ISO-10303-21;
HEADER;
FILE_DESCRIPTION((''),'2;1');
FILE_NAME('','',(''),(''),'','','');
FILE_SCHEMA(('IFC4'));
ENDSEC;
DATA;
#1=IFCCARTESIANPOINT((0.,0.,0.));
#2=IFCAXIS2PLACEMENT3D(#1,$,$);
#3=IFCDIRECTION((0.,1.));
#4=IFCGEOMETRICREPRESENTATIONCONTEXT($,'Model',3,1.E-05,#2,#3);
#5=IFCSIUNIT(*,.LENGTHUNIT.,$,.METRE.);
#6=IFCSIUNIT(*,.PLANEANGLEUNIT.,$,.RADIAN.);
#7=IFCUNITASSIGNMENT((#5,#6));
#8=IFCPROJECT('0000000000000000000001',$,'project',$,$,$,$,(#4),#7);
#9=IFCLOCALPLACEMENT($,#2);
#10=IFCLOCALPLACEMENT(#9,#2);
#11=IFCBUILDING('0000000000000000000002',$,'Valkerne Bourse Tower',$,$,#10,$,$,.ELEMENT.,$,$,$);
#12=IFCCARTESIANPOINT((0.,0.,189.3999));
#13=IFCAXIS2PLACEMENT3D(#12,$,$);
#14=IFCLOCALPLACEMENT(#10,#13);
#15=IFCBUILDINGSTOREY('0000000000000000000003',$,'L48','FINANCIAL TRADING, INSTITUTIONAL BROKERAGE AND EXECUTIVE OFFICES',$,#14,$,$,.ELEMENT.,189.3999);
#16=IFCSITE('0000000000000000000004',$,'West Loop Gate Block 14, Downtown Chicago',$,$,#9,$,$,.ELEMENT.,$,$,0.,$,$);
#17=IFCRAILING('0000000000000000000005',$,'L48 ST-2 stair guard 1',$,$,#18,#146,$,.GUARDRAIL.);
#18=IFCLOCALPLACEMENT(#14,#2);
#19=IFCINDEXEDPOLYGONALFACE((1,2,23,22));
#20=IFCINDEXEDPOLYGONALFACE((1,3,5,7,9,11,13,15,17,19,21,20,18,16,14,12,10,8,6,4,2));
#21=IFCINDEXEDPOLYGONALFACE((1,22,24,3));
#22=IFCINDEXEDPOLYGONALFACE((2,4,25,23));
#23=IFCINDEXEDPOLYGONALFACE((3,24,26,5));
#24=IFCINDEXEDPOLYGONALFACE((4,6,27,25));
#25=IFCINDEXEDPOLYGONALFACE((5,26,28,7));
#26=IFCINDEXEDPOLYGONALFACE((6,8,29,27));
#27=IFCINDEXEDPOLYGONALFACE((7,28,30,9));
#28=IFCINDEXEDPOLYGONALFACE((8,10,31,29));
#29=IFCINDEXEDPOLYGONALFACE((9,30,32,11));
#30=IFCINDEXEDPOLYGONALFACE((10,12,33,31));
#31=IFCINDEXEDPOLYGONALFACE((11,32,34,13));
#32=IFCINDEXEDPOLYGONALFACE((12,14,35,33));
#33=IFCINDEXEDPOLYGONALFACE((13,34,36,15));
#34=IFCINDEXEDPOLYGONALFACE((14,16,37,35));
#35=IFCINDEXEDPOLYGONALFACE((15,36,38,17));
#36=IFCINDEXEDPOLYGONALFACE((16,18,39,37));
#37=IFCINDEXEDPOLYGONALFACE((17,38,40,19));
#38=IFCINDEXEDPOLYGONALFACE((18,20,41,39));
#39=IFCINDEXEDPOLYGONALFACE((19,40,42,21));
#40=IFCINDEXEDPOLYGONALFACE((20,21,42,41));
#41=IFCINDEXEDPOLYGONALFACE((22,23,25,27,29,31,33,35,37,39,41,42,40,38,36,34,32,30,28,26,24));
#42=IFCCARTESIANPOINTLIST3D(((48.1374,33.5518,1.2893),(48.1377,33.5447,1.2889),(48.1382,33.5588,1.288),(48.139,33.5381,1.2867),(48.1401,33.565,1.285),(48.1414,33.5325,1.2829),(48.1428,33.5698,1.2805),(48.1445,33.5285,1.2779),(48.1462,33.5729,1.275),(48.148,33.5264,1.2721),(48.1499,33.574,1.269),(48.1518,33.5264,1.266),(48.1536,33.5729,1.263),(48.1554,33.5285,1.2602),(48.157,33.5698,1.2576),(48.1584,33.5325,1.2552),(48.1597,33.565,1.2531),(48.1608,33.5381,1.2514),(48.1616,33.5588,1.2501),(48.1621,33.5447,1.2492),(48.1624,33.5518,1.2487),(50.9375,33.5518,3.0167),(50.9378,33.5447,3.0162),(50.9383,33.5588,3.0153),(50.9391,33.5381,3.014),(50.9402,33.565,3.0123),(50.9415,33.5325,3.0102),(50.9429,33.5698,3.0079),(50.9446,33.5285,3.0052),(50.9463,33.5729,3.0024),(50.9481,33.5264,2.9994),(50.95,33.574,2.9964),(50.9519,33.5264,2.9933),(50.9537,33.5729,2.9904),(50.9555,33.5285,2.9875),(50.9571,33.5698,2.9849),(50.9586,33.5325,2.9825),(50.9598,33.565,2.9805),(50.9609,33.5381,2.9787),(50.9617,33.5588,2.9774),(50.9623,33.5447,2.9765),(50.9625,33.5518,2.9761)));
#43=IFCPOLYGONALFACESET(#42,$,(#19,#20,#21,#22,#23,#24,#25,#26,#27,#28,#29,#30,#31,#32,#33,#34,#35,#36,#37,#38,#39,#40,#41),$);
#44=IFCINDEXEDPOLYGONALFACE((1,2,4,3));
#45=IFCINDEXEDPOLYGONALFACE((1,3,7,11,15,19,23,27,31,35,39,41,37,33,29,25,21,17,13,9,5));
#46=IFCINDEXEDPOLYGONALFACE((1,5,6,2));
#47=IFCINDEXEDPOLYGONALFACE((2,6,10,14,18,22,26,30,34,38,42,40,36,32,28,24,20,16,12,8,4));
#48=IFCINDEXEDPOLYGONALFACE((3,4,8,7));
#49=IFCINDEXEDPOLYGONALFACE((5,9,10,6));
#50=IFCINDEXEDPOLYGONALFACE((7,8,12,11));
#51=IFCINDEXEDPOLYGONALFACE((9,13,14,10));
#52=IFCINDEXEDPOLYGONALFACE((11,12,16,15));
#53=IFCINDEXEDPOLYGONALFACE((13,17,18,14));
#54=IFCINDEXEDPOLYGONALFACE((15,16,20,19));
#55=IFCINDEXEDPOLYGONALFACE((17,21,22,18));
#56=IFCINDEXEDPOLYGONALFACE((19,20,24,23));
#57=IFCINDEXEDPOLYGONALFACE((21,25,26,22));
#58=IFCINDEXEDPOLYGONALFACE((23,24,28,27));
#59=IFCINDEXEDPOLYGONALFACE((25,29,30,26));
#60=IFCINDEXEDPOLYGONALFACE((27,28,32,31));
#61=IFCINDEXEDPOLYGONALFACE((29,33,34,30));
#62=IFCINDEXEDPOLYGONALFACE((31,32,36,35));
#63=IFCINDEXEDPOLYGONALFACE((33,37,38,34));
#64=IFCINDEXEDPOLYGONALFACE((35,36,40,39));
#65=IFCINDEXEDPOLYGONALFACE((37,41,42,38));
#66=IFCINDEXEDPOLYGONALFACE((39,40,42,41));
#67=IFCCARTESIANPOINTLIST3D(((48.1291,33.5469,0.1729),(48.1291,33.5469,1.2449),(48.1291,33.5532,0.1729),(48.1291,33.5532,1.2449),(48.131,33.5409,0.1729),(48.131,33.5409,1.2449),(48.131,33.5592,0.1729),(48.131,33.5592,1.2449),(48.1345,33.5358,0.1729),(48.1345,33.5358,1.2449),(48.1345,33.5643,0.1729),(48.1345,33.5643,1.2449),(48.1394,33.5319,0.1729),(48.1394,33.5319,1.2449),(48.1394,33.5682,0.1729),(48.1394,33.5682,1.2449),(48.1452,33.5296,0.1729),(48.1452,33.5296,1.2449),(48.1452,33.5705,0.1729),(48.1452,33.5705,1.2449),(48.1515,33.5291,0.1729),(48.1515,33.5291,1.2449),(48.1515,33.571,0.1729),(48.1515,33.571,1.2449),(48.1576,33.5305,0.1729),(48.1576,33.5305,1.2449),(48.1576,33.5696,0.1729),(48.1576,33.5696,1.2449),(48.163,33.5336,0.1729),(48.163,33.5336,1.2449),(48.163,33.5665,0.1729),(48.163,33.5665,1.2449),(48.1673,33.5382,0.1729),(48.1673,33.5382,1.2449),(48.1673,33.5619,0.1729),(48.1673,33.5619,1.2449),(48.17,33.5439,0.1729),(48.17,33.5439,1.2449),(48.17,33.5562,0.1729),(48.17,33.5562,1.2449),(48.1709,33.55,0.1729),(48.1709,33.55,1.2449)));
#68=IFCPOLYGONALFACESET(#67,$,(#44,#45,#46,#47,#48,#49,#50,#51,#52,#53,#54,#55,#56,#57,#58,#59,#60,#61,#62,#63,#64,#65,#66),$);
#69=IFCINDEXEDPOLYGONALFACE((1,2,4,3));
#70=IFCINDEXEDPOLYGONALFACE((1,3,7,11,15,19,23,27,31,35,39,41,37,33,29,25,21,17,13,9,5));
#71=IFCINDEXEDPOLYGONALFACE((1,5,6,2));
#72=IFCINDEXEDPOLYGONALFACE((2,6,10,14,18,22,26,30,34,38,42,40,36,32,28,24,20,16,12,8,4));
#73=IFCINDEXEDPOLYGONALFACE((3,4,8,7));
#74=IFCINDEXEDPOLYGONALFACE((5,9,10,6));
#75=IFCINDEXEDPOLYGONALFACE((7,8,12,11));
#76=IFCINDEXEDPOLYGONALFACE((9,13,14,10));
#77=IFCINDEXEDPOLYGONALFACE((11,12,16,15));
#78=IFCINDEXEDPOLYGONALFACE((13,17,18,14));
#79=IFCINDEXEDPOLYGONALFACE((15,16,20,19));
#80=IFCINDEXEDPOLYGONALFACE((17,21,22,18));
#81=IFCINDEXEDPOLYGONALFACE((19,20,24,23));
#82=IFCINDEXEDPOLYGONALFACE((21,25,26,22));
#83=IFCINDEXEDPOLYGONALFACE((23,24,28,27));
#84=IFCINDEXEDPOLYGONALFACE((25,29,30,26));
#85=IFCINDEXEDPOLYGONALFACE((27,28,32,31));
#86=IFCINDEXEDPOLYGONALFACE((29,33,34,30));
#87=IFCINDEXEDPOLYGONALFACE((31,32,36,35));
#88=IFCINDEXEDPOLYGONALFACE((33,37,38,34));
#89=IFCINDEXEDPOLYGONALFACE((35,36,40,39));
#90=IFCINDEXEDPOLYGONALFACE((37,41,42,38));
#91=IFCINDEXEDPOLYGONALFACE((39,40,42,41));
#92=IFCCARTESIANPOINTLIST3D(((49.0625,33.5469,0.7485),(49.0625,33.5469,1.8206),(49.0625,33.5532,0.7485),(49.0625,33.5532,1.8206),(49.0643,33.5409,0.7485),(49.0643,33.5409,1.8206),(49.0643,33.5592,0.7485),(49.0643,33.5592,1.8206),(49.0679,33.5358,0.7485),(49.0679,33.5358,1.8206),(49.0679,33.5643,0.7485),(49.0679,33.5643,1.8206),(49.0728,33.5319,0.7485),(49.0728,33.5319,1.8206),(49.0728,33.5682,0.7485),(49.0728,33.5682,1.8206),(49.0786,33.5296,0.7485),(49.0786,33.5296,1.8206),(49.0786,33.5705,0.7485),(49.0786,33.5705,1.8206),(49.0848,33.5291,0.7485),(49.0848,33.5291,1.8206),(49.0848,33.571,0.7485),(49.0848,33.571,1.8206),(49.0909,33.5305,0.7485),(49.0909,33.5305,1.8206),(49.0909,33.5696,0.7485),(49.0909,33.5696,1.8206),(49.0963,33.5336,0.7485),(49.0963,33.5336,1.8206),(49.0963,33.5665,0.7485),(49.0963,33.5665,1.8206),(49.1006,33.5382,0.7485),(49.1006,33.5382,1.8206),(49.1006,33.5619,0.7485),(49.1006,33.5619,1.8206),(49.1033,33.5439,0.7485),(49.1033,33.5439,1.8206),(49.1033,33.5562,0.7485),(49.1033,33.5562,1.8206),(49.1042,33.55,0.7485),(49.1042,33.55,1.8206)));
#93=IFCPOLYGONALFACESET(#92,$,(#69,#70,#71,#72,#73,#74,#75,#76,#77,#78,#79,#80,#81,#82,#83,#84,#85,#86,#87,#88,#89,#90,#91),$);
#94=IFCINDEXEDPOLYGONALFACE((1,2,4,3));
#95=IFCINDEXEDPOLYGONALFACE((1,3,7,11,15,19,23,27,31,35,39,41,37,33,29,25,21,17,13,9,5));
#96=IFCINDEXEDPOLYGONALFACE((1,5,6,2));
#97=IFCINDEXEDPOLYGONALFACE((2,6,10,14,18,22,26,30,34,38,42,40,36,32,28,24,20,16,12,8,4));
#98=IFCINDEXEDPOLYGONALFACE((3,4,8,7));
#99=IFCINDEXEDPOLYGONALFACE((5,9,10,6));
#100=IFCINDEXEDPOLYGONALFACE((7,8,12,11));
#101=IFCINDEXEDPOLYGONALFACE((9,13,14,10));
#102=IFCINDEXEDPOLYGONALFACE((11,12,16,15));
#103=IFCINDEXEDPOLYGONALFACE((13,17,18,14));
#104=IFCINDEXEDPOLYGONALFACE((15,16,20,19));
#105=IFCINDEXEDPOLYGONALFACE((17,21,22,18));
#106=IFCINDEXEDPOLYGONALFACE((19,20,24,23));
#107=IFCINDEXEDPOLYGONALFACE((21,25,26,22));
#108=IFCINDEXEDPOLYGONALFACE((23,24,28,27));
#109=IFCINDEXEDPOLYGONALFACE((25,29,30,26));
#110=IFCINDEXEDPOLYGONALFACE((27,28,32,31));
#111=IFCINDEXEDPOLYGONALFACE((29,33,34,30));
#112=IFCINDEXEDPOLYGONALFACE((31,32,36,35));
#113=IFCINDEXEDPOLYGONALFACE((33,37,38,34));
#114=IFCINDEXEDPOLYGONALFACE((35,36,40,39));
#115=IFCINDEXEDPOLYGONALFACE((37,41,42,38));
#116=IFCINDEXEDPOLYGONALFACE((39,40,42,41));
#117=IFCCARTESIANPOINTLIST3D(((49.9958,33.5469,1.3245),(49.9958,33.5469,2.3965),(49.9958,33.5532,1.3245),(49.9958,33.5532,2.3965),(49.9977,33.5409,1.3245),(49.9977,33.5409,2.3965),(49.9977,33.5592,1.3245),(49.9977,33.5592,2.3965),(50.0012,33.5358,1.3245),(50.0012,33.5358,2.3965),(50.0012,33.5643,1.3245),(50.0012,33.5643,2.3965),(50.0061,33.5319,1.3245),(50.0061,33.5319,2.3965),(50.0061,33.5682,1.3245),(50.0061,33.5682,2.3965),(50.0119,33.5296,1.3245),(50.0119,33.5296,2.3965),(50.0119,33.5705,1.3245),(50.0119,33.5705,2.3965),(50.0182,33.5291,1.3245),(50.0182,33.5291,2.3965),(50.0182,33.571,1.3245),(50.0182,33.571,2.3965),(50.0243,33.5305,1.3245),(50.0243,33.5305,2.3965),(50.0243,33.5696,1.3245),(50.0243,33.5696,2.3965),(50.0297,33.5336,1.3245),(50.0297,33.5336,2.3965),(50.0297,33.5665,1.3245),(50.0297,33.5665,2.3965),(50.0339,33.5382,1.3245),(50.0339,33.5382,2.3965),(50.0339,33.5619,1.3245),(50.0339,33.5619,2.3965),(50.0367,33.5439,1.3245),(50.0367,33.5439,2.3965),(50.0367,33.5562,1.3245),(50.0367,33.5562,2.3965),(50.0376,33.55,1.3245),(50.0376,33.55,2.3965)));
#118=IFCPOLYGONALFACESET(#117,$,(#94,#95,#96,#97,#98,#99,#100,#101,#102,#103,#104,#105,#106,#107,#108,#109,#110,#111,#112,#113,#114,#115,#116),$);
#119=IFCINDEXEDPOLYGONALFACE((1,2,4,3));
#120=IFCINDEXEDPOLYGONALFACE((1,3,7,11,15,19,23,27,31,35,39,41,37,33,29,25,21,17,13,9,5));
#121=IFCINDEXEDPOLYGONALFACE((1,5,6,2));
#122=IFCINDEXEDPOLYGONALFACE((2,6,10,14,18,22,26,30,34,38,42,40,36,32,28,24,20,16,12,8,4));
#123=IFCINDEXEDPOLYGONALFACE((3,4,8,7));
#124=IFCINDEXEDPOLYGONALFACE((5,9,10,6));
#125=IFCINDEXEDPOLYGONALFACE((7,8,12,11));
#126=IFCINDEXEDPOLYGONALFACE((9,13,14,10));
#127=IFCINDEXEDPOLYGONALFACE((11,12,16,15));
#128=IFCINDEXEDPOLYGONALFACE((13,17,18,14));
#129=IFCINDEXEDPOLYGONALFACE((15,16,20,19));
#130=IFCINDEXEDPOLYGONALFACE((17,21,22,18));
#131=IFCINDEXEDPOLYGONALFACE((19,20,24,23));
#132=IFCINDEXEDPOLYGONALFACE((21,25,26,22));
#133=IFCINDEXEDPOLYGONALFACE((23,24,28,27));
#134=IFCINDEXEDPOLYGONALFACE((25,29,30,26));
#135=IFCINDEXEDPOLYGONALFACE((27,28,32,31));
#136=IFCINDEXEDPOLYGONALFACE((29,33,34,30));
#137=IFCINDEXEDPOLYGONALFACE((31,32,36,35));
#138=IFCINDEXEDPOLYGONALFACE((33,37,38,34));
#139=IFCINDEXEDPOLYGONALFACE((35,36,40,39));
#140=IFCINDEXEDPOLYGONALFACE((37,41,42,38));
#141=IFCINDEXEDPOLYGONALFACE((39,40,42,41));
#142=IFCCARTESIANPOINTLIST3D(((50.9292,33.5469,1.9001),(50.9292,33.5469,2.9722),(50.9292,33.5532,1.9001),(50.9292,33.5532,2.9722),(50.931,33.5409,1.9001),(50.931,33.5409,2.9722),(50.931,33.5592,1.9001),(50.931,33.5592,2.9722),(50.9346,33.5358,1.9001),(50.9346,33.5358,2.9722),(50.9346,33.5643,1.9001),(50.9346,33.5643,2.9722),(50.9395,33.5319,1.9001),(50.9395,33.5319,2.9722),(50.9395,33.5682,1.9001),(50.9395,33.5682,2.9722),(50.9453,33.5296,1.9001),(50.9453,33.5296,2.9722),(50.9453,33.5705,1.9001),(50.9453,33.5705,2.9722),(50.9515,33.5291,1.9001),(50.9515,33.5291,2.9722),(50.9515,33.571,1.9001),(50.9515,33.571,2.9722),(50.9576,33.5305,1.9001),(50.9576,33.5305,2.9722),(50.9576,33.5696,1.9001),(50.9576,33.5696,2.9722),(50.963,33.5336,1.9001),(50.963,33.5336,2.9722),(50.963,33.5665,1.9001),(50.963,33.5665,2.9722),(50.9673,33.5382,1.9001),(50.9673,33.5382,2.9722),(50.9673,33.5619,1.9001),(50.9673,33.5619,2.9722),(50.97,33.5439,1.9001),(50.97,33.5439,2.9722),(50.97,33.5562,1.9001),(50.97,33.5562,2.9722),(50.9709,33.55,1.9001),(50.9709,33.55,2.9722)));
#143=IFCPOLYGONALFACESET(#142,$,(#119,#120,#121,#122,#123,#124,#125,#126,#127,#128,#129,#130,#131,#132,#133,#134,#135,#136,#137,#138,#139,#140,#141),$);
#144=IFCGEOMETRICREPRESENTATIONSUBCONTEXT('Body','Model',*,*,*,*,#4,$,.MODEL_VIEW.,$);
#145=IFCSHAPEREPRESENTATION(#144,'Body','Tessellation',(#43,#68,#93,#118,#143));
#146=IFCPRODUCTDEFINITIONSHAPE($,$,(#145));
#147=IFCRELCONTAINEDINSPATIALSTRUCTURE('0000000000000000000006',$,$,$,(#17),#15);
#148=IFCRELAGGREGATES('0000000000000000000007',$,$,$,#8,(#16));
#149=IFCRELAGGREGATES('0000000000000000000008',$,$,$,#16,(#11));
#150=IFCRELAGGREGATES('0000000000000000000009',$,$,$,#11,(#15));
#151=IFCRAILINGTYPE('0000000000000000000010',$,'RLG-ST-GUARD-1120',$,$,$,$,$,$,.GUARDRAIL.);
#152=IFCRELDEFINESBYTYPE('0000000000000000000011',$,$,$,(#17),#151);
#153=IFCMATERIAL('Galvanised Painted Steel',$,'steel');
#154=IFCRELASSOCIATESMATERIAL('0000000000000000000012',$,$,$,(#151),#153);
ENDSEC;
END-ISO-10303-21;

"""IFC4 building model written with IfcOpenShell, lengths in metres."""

from ifc_helpers import new_model, si_unit, direction, frame, origin, origin_2d, place, context, subcontext, project, spatial, circle, extrude, material, type_object, element, save


model = new_model("IFC4")

# Units and contexts
model_context = context("Model", 3, precision=1e-05, world=origin(), true_north=direction((0.0, 1.0)))
body_context = subcontext(model_context, "Body", "Model", "MODEL_VIEW")
ifc_project = project(units=[si_unit("LENGTHUNIT", "METRE"), si_unit("PLANEANGLEUNIT", "RADIAN")], contexts=[model_context])

# Site, building, storey
site_placement = place(None, origin())
site = spatial("IfcSite", under=ifc_project, at=site_placement, Name="West Loop Gate Block 14, Downtown Chicago", CompositionType="ELEMENT", RefElevation=0.0)
building_placement = place(site_placement, origin())
building = spatial("IfcBuilding", under=site, at=building_placement, Name="Valkerne Bourse Tower", CompositionType="ELEMENT")
storey_placement = place(building_placement, frame((0.0, 0.0, 189.3999)))
storey = spatial("IfcBuildingStorey", under=building, at=storey_placement, Name="L48", Description="FINANCIAL TRADING, INSTITUTIONAL BROKERAGE AND EXECUTIVE OFFICES", CompositionType="ELEMENT", Elevation=189.3999)

# Shared definitions
ifc_material_1 = material(Name="Galvanised Painted Steel", Category="steel")

# Railing
railing_type_1 = type_object("IfcRailingType", Name="RLG-ST-GUARD-1120", PredefinedType="GUARDRAIL", material=ifc_material_1)
railing_1_placement = place(storey_placement, frame((48.1499, 33.55, 0.1729)))
element("IfcRailing", 1, at=railing_1_placement, inside=storey, type_object=railing_type_1, Name="L48 ST-2 stair guard 1", PredefinedType="GUARDRAIL", context=body_context, shape_type="SweptSolid", body=[
    extrude(circle(Radius=0.0239, at=origin_2d()), frame((0.0, 0.0, 1.0962), z_axis=(0.85109, 0.0, 0.52502), x_axis=(0.0, 1.0, 0.0)), (0.0, 0.0, 1.0), 3.29),
    extrude(circle(Radius=0.021, at=origin_2d()), origin(), (0.0, 0.0, 1.0), 1.072),
    extrude(circle(Radius=0.021, at=origin_2d()), frame((0.9333, 0.0, 0.5757)), (0.0, 0.0, 1.0), 1.072),
    extrude(circle(Radius=0.021, at=origin_2d()), frame((1.8667, 0.0, 1.1516)), (0.0, 0.0, 1.0), 1.072),
    extrude(circle(Radius=0.021, at=origin_2d()), frame((2.8, 0.0, 1.7273)), (0.0, 0.0, 1.0), 1.072),
])

save(model, "model.ifc")
